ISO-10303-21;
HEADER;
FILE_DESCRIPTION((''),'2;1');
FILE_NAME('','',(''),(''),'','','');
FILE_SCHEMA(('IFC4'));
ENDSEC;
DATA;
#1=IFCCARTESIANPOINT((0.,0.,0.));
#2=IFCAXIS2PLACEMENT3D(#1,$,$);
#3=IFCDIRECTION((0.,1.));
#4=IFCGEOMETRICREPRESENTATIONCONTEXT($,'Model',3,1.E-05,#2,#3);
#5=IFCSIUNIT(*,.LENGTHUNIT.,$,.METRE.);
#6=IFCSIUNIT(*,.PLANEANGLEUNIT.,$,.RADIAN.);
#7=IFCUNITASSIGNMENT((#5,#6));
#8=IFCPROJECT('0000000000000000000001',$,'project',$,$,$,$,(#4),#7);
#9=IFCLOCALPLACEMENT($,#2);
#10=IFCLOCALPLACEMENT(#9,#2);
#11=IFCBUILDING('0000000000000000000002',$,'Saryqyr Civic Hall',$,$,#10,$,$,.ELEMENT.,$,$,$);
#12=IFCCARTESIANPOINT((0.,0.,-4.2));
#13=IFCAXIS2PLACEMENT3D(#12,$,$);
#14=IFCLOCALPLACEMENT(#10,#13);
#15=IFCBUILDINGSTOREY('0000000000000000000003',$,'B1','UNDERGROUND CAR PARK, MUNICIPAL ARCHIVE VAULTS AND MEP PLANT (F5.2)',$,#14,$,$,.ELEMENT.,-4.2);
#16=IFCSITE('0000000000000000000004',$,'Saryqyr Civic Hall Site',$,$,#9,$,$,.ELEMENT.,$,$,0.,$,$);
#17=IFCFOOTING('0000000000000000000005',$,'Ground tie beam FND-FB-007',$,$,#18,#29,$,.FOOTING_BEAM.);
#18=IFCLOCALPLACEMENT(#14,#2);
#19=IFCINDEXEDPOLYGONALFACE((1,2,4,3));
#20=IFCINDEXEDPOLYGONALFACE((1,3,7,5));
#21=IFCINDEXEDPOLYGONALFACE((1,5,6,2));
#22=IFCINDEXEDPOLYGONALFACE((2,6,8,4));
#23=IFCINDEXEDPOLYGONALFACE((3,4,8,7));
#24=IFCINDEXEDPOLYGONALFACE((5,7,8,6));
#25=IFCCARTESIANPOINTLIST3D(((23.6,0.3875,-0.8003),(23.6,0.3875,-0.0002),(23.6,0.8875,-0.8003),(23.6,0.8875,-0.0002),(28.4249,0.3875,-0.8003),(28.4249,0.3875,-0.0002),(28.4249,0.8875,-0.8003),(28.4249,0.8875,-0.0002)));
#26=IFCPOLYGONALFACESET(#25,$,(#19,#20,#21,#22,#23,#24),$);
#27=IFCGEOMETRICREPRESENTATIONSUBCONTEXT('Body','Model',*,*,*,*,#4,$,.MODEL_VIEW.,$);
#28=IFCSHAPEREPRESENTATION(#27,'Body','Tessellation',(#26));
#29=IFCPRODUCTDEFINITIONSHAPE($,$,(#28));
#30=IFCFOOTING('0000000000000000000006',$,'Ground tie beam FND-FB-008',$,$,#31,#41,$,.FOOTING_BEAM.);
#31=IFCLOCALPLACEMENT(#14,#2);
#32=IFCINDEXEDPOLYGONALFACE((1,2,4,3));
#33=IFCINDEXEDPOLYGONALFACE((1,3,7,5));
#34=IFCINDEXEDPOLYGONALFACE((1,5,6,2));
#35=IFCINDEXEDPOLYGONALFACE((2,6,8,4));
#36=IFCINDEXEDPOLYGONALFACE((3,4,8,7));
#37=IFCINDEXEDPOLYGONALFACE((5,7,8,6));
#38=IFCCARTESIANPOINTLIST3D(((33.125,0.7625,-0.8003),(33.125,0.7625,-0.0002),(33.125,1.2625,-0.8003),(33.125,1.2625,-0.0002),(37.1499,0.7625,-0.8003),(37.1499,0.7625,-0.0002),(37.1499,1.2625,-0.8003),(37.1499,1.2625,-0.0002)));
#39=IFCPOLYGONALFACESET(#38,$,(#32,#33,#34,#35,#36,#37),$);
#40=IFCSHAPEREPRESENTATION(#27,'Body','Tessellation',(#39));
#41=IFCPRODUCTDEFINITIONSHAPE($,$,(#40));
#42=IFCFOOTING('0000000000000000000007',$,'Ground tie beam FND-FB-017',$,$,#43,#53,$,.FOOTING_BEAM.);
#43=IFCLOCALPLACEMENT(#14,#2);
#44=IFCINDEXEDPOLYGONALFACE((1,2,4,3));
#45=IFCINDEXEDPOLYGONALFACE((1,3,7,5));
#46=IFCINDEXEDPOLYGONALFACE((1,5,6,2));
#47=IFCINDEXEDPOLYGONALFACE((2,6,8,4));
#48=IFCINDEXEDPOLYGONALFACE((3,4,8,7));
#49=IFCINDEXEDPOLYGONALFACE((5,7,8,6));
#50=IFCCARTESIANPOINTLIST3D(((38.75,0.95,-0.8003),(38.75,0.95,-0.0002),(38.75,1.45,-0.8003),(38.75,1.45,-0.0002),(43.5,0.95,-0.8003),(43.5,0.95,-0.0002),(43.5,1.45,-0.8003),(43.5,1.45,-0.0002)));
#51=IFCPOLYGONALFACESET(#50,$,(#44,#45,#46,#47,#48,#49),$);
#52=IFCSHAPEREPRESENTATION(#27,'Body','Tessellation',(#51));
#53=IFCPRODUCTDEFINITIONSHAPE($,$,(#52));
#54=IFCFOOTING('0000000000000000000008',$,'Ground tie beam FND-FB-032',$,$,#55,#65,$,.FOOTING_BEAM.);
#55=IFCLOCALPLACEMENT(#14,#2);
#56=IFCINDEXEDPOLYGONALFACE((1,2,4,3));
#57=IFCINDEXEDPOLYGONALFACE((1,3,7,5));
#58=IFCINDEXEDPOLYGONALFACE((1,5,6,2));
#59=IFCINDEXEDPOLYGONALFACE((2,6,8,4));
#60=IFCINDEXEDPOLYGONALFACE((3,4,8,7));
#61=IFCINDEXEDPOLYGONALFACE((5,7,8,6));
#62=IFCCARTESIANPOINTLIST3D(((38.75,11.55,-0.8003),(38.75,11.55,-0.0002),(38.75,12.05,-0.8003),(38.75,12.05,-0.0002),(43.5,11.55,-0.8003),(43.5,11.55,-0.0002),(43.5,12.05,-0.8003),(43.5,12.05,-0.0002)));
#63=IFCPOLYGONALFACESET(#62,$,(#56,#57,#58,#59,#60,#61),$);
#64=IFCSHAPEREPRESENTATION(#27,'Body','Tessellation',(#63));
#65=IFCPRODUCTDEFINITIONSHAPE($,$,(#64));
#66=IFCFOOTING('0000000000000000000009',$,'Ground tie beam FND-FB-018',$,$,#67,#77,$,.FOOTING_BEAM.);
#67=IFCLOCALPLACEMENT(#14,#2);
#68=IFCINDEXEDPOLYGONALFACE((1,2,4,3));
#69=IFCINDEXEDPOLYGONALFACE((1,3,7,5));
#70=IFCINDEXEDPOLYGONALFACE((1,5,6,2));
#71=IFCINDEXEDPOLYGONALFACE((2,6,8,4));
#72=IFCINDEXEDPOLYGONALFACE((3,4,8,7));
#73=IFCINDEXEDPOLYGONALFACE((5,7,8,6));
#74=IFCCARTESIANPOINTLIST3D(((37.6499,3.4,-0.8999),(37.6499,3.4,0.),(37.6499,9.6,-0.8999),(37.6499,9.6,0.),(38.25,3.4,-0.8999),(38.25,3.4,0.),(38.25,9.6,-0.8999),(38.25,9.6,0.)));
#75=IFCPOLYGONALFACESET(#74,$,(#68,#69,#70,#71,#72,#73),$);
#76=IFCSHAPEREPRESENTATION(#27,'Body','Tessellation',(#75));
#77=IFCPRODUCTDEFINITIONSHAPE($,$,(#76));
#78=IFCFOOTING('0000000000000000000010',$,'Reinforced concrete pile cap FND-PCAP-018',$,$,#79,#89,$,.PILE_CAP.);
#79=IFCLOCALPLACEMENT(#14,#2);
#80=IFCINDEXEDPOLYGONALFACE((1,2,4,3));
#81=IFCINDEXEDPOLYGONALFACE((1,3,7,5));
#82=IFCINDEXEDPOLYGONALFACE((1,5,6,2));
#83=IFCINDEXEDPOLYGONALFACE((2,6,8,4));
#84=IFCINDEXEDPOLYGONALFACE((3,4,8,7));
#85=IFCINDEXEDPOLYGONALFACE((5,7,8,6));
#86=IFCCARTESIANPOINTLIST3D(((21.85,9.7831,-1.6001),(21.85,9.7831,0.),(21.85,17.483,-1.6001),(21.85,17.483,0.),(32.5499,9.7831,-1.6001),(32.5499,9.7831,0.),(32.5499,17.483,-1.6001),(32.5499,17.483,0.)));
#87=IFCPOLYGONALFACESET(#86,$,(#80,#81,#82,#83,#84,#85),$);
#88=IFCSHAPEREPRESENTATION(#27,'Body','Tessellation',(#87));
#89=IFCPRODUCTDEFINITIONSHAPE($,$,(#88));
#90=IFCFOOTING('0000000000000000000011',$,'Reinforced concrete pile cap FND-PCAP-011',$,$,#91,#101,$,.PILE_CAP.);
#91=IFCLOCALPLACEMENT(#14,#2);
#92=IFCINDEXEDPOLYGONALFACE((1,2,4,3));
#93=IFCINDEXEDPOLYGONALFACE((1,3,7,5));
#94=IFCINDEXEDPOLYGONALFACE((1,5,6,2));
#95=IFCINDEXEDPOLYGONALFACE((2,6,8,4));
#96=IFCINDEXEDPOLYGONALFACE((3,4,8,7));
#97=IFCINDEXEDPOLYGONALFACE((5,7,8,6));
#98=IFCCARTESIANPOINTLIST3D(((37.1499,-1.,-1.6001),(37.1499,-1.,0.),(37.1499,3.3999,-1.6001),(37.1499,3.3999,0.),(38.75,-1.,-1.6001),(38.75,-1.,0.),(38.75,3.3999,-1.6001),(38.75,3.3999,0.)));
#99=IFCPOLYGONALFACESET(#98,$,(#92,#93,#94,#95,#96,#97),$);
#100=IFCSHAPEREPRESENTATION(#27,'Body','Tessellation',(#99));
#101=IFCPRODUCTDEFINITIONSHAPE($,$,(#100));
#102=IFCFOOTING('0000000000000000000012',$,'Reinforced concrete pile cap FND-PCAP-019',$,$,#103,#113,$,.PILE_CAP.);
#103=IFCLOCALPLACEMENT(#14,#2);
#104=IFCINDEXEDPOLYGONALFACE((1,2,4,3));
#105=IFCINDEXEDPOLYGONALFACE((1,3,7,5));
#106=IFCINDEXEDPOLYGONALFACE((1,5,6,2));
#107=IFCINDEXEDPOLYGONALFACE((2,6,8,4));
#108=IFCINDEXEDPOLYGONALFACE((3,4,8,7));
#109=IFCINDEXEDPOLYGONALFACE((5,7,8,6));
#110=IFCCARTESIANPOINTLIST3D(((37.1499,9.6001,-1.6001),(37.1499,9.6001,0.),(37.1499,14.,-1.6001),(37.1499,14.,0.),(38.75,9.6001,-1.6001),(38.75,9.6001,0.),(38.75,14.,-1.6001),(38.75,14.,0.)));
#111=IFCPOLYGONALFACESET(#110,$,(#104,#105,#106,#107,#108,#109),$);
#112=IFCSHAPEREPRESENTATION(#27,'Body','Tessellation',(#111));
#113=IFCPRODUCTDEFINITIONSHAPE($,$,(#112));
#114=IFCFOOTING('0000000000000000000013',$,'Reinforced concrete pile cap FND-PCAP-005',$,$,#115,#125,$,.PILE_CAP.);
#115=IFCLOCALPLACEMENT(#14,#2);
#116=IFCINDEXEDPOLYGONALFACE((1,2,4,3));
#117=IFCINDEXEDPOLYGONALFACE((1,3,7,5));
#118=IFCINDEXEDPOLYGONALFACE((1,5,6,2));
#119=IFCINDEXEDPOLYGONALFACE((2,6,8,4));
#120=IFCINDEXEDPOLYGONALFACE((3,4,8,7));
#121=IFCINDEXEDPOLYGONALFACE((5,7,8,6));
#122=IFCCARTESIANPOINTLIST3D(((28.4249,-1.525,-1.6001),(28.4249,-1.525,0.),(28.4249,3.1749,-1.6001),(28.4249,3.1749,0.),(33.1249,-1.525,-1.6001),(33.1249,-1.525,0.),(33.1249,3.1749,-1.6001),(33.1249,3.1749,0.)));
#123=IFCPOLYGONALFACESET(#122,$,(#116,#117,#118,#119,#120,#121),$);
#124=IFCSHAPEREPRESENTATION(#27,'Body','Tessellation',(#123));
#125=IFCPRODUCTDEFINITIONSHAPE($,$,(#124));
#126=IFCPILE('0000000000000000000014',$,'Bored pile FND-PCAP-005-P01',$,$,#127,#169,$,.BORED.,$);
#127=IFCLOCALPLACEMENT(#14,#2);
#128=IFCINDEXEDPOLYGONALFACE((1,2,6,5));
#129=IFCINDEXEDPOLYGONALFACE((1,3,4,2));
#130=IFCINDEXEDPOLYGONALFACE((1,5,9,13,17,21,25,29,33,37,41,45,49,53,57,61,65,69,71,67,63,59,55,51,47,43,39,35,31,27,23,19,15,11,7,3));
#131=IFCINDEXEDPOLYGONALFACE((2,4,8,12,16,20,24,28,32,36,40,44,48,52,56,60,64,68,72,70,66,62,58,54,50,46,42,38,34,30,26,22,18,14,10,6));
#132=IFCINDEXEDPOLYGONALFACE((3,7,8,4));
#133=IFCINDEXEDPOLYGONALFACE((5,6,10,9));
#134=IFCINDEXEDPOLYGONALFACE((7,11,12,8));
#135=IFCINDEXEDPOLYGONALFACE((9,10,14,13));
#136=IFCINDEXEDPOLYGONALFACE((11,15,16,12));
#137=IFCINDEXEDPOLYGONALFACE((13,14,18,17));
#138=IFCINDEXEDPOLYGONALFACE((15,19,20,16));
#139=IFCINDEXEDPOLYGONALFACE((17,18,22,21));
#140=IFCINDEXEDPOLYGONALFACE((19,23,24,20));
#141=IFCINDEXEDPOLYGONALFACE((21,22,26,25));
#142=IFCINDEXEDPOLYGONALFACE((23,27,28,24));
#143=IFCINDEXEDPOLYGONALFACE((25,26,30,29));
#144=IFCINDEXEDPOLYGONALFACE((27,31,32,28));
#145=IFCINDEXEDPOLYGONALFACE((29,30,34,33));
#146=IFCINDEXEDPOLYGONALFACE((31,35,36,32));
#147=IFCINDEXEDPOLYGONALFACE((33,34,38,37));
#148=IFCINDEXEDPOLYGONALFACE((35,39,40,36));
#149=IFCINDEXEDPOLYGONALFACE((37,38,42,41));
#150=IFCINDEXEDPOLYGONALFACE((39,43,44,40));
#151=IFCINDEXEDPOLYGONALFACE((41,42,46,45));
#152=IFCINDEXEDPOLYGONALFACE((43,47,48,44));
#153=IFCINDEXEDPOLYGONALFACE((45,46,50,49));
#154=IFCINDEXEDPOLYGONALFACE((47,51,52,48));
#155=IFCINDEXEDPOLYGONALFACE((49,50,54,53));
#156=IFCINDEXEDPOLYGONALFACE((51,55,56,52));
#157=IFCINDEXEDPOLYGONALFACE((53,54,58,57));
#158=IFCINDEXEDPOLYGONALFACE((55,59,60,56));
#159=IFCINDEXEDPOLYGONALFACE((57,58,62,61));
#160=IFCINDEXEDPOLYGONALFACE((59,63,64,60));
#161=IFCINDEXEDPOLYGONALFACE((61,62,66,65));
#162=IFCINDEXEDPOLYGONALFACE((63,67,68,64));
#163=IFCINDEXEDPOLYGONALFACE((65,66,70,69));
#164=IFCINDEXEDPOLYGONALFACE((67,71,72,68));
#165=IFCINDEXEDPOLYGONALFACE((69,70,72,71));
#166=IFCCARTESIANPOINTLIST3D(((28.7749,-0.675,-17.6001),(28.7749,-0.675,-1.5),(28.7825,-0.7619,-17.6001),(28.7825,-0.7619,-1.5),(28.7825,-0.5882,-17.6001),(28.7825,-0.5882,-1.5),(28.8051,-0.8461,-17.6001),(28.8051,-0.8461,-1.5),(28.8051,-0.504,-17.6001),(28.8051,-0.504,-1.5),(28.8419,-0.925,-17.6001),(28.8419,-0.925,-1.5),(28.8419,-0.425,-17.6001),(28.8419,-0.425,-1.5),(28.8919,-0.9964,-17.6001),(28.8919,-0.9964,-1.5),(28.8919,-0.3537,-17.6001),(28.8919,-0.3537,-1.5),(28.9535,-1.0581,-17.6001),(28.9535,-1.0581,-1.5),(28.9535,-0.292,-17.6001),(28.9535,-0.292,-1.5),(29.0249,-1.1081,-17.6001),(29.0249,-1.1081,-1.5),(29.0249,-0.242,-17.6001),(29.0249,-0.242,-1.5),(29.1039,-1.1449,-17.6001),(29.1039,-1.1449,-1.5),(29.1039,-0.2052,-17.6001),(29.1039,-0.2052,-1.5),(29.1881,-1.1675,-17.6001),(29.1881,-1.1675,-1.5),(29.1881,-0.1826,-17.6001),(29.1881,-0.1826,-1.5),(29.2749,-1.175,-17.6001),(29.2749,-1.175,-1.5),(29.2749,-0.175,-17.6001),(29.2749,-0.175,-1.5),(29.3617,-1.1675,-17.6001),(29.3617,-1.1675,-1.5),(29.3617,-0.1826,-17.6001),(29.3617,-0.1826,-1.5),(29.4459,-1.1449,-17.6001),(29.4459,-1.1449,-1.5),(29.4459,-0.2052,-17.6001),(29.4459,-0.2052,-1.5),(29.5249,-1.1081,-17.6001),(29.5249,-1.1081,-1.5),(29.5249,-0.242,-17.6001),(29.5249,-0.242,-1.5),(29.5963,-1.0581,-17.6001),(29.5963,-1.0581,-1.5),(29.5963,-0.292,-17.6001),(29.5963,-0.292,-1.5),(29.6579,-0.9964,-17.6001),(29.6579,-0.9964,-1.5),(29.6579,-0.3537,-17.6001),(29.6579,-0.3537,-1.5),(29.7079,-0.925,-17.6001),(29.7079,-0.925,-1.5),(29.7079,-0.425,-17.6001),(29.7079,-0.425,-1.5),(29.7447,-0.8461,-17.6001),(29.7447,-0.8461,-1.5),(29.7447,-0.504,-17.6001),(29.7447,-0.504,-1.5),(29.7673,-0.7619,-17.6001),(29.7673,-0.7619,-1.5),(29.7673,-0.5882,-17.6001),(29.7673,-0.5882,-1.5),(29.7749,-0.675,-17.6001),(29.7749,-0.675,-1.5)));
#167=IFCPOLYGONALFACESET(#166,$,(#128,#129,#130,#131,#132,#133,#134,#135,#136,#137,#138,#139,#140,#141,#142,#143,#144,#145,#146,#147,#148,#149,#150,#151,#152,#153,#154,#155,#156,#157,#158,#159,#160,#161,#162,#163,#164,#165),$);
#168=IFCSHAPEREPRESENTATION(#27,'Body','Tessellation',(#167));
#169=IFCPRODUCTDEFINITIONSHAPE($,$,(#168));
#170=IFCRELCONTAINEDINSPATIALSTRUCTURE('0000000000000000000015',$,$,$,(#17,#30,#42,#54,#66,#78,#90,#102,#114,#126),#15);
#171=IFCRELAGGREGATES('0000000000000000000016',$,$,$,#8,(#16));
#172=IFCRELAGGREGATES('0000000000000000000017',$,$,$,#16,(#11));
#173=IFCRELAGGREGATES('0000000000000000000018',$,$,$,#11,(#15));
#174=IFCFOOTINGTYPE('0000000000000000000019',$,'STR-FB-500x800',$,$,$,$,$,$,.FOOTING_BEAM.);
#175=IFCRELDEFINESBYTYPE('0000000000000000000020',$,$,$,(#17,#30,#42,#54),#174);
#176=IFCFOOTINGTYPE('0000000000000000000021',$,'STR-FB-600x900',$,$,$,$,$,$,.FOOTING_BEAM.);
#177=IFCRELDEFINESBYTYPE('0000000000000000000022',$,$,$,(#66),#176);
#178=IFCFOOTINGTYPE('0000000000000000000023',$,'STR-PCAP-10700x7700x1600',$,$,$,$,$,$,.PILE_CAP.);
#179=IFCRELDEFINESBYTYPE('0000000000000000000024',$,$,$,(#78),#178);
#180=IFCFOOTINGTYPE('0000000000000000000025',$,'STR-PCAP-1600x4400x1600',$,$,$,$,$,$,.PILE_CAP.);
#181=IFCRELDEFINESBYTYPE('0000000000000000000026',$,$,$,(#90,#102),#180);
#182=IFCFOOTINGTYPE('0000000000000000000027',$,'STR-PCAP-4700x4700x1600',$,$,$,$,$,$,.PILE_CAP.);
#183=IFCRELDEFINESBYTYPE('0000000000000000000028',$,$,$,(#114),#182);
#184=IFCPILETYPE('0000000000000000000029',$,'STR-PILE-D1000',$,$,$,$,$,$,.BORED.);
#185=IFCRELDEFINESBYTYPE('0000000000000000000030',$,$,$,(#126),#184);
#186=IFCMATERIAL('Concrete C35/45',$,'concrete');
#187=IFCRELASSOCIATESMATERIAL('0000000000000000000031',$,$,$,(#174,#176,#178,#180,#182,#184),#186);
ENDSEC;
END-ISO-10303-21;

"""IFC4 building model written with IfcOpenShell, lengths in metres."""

from ifc_helpers import new_model, si_unit, direction, frame, origin, origin_2d, place, context, subcontext, project, spatial, rectangle, circle, extrude, material, material_profile, profile_set, type_object, element, save


model = new_model("IFC4")

# Units and contexts
model_context = context("Model", 3, precision=1e-05, world=origin(), true_north=direction((0.0, 1.0)))
body_context = subcontext(model_context, "Body", "Model", "MODEL_VIEW")
ifc_project = project(units=[si_unit("LENGTHUNIT", "METRE"), si_unit("PLANEANGLEUNIT", "RADIAN")], contexts=[model_context])

# Site, building, storey
site_placement = place(None, origin())
site = spatial("IfcSite", under=ifc_project, at=site_placement, Name="Saryqyr Civic Hall Site", CompositionType="ELEMENT", RefElevation=0.0)
building_placement = place(site_placement, origin())
building = spatial("IfcBuilding", under=site, at=building_placement, Name="Saryqyr Civic Hall", CompositionType="ELEMENT")
storey_placement = place(building_placement, frame((0.0, 0.0, -4.2)))
storey = spatial("IfcBuildingStorey", under=building, at=storey_placement, Name="B1", Description="UNDERGROUND CAR PARK, MUNICIPAL ARCHIVE VAULTS AND MEP PLANT (F5.2)", CompositionType="ELEMENT", Elevation=-4.2)

# Footings
ifc_material_1 = material(Name="Concrete C35/45", Category="concrete")
footing_type_1 = type_object("IfcFootingType", Name="STR-FB-500x800", PredefinedType="FOOTING_BEAM", material=ifc_material_1)
footing_1_placement = place(storey_placement, frame((26.0125, 0.6375, -0.8003), z_axis=(0.0, 0.0, 1.0), x_axis=(1.0, 0.0, 0.0)))
element("IfcFooting", 1, at=footing_1_placement, inside=storey, type_object=footing_type_1, Name="Ground tie beam FND-FB-007", PredefinedType="FOOTING_BEAM", context=body_context, shape_type="SweptSolid", body=[
    extrude(rectangle(XDim=4.825, YDim=0.5, at=origin_2d()), origin(), (0.0, 0.0, 1.0), 0.8),
])
footing_2_placement = place(storey_placement, frame((35.1375, 1.0125, -0.8003), z_axis=(0.0, 0.0, 1.0), x_axis=(1.0, 0.0, 0.0)))
element("IfcFooting", 2, at=footing_2_placement, inside=storey, type_object=footing_type_1, Name="Ground tie beam FND-FB-008", PredefinedType="FOOTING_BEAM", context=body_context, shape_type="SweptSolid", body=[
    extrude(rectangle(XDim=4.0249, YDim=0.5, at=origin_2d()), origin(), (0.0, 0.0, 1.0), 0.8),
])
for number, where, z_axis, x_axis, name in (
    (3, (41.125, 1.2, -0.8003), (0.0, 0.0, 1.0), (1.0, 0.0, 0.0), "Ground tie beam FND-FB-017"),
    (4, (41.125, 11.8, -0.8003), (0.0, 0.0, 1.0), (1.0, 0.0, 0.0), "Ground tie beam FND-FB-032"),
):
    element("IfcFooting", number, at=place(storey_placement, frame(where, z_axis=z_axis, x_axis=x_axis)), inside=storey, type_object=footing_type_1, Name=name, PredefinedType="FOOTING_BEAM", context=body_context, shape_type="SweptSolid", body=[
        extrude(rectangle(XDim=4.75, YDim=0.5, at=origin_2d()), origin(), (0.0, 0.0, 1.0), 0.8),
    ])
footing_type_2 = type_object("IfcFootingType", Name="STR-FB-600x900", PredefinedType="FOOTING_BEAM", material=ifc_material_1)
footing_3_placement = place(storey_placement, frame((37.95, 6.5, -0.8999), z_axis=(0.0, 0.0, 1.0), x_axis=(1.0, 0.0, 0.0)))
element("IfcFooting", 5, at=footing_3_placement, inside=storey, type_object=footing_type_2, Name="Ground tie beam FND-FB-018", PredefinedType="FOOTING_BEAM", context=body_context, shape_type="SweptSolid", body=[
    extrude(rectangle(XDim=0.6001, YDim=6.2, at=origin_2d()), origin(), (0.0, 0.0, 1.0), 0.8999),
])
footing_type_3 = type_object("IfcFootingType", Name="STR-PCAP-10700x7700x1600", PredefinedType="PILE_CAP", material=ifc_material_1)
footing_4_placement = place(storey_placement, frame((27.2, 13.6331, -1.6001), z_axis=(0.0, 0.0, 1.0), x_axis=(1.0, 0.0, 0.0)))
element("IfcFooting", 6, at=footing_4_placement, inside=storey, type_object=footing_type_3, Name="Reinforced concrete pile cap FND-PCAP-018", PredefinedType="PILE_CAP", context=body_context, shape_type="SweptSolid", body=[
    extrude(rectangle(XDim=10.7, YDim=7.7, at=origin_2d()), origin(), (0.0, 0.0, 1.0), 1.6001),
])
footing_type_4 = type_object("IfcFootingType", Name="STR-PCAP-1600x4400x1600", PredefinedType="PILE_CAP", material=ifc_material_1)
for number, where, z_axis, x_axis, name in (
    (7, (37.95, 1.2, -1.6001), (0.0, 0.0, 1.0), (1.0, 0.0, 0.0), "Reinforced concrete pile cap FND-PCAP-011"),
    (8, (37.95, 11.8, -1.6001), (0.0, 0.0, 1.0), (1.0, 0.0, 0.0), "Reinforced concrete pile cap FND-PCAP-019"),
):
    element("IfcFooting", number, at=place(storey_placement, frame(where, z_axis=z_axis, x_axis=x_axis)), inside=storey, type_object=footing_type_4, Name=name, PredefinedType="PILE_CAP", context=body_context, shape_type="SweptSolid", body=[
        extrude(rectangle(XDim=1.6001, YDim=4.3999, at=origin_2d()), origin(), (0.0, 0.0, 1.0), 1.6001),
    ])
footing_type_5 = type_object("IfcFootingType", Name="STR-PCAP-4700x4700x1600", PredefinedType="PILE_CAP", material=ifc_material_1)
footing_5_placement = place(storey_placement, frame((30.7749, 0.825, -1.6001), z_axis=(0.0, 0.0, 1.0), x_axis=(1.0, 0.0, 0.0)))
element("IfcFooting", 9, at=footing_5_placement, inside=storey, type_object=footing_type_5, Name="Reinforced concrete pile cap FND-PCAP-005", PredefinedType="PILE_CAP", context=body_context, shape_type="SweptSolid", body=[
    extrude(rectangle(XDim=4.7, YDim=4.7, at=origin_2d()), origin(), (0.0, 0.0, 1.0), 1.6001),
])

# Pile
ifc_material_profile_1 = material_profile(ifc_material_1, circle(Radius=0.5, at=origin_2d()), Name="BORED PILE D1000")
ifc_profile_set_1 = profile_set([ifc_material_profile_1], Name="Concrete C35/45")
pile_type_1 = type_object("IfcPileType", Name="STR-PILE-D1000", PredefinedType="BORED", material=ifc_profile_set_1)
for number, where, z_axis, x_axis, name in (
    (10, (29.2749, -0.675, -1.5), (0.0, 0.0, -1.0), (1.0, 0.0, 0.0), "Bored pile FND-PCAP-005-P01"),
):
    element("IfcPile", number, at=place(storey_placement, frame(where, z_axis=z_axis, x_axis=x_axis)), inside=storey, type_object=pile_type_1, Name=name, PredefinedType="BORED", context=body_context, shape_type="SweptSolid", body=[
        extrude(circle(Radius=0.5, at=origin_2d()), origin(), (0.0, 0.0, 1.0), 16.1001),
    ])

save(model, "model.ifc")
